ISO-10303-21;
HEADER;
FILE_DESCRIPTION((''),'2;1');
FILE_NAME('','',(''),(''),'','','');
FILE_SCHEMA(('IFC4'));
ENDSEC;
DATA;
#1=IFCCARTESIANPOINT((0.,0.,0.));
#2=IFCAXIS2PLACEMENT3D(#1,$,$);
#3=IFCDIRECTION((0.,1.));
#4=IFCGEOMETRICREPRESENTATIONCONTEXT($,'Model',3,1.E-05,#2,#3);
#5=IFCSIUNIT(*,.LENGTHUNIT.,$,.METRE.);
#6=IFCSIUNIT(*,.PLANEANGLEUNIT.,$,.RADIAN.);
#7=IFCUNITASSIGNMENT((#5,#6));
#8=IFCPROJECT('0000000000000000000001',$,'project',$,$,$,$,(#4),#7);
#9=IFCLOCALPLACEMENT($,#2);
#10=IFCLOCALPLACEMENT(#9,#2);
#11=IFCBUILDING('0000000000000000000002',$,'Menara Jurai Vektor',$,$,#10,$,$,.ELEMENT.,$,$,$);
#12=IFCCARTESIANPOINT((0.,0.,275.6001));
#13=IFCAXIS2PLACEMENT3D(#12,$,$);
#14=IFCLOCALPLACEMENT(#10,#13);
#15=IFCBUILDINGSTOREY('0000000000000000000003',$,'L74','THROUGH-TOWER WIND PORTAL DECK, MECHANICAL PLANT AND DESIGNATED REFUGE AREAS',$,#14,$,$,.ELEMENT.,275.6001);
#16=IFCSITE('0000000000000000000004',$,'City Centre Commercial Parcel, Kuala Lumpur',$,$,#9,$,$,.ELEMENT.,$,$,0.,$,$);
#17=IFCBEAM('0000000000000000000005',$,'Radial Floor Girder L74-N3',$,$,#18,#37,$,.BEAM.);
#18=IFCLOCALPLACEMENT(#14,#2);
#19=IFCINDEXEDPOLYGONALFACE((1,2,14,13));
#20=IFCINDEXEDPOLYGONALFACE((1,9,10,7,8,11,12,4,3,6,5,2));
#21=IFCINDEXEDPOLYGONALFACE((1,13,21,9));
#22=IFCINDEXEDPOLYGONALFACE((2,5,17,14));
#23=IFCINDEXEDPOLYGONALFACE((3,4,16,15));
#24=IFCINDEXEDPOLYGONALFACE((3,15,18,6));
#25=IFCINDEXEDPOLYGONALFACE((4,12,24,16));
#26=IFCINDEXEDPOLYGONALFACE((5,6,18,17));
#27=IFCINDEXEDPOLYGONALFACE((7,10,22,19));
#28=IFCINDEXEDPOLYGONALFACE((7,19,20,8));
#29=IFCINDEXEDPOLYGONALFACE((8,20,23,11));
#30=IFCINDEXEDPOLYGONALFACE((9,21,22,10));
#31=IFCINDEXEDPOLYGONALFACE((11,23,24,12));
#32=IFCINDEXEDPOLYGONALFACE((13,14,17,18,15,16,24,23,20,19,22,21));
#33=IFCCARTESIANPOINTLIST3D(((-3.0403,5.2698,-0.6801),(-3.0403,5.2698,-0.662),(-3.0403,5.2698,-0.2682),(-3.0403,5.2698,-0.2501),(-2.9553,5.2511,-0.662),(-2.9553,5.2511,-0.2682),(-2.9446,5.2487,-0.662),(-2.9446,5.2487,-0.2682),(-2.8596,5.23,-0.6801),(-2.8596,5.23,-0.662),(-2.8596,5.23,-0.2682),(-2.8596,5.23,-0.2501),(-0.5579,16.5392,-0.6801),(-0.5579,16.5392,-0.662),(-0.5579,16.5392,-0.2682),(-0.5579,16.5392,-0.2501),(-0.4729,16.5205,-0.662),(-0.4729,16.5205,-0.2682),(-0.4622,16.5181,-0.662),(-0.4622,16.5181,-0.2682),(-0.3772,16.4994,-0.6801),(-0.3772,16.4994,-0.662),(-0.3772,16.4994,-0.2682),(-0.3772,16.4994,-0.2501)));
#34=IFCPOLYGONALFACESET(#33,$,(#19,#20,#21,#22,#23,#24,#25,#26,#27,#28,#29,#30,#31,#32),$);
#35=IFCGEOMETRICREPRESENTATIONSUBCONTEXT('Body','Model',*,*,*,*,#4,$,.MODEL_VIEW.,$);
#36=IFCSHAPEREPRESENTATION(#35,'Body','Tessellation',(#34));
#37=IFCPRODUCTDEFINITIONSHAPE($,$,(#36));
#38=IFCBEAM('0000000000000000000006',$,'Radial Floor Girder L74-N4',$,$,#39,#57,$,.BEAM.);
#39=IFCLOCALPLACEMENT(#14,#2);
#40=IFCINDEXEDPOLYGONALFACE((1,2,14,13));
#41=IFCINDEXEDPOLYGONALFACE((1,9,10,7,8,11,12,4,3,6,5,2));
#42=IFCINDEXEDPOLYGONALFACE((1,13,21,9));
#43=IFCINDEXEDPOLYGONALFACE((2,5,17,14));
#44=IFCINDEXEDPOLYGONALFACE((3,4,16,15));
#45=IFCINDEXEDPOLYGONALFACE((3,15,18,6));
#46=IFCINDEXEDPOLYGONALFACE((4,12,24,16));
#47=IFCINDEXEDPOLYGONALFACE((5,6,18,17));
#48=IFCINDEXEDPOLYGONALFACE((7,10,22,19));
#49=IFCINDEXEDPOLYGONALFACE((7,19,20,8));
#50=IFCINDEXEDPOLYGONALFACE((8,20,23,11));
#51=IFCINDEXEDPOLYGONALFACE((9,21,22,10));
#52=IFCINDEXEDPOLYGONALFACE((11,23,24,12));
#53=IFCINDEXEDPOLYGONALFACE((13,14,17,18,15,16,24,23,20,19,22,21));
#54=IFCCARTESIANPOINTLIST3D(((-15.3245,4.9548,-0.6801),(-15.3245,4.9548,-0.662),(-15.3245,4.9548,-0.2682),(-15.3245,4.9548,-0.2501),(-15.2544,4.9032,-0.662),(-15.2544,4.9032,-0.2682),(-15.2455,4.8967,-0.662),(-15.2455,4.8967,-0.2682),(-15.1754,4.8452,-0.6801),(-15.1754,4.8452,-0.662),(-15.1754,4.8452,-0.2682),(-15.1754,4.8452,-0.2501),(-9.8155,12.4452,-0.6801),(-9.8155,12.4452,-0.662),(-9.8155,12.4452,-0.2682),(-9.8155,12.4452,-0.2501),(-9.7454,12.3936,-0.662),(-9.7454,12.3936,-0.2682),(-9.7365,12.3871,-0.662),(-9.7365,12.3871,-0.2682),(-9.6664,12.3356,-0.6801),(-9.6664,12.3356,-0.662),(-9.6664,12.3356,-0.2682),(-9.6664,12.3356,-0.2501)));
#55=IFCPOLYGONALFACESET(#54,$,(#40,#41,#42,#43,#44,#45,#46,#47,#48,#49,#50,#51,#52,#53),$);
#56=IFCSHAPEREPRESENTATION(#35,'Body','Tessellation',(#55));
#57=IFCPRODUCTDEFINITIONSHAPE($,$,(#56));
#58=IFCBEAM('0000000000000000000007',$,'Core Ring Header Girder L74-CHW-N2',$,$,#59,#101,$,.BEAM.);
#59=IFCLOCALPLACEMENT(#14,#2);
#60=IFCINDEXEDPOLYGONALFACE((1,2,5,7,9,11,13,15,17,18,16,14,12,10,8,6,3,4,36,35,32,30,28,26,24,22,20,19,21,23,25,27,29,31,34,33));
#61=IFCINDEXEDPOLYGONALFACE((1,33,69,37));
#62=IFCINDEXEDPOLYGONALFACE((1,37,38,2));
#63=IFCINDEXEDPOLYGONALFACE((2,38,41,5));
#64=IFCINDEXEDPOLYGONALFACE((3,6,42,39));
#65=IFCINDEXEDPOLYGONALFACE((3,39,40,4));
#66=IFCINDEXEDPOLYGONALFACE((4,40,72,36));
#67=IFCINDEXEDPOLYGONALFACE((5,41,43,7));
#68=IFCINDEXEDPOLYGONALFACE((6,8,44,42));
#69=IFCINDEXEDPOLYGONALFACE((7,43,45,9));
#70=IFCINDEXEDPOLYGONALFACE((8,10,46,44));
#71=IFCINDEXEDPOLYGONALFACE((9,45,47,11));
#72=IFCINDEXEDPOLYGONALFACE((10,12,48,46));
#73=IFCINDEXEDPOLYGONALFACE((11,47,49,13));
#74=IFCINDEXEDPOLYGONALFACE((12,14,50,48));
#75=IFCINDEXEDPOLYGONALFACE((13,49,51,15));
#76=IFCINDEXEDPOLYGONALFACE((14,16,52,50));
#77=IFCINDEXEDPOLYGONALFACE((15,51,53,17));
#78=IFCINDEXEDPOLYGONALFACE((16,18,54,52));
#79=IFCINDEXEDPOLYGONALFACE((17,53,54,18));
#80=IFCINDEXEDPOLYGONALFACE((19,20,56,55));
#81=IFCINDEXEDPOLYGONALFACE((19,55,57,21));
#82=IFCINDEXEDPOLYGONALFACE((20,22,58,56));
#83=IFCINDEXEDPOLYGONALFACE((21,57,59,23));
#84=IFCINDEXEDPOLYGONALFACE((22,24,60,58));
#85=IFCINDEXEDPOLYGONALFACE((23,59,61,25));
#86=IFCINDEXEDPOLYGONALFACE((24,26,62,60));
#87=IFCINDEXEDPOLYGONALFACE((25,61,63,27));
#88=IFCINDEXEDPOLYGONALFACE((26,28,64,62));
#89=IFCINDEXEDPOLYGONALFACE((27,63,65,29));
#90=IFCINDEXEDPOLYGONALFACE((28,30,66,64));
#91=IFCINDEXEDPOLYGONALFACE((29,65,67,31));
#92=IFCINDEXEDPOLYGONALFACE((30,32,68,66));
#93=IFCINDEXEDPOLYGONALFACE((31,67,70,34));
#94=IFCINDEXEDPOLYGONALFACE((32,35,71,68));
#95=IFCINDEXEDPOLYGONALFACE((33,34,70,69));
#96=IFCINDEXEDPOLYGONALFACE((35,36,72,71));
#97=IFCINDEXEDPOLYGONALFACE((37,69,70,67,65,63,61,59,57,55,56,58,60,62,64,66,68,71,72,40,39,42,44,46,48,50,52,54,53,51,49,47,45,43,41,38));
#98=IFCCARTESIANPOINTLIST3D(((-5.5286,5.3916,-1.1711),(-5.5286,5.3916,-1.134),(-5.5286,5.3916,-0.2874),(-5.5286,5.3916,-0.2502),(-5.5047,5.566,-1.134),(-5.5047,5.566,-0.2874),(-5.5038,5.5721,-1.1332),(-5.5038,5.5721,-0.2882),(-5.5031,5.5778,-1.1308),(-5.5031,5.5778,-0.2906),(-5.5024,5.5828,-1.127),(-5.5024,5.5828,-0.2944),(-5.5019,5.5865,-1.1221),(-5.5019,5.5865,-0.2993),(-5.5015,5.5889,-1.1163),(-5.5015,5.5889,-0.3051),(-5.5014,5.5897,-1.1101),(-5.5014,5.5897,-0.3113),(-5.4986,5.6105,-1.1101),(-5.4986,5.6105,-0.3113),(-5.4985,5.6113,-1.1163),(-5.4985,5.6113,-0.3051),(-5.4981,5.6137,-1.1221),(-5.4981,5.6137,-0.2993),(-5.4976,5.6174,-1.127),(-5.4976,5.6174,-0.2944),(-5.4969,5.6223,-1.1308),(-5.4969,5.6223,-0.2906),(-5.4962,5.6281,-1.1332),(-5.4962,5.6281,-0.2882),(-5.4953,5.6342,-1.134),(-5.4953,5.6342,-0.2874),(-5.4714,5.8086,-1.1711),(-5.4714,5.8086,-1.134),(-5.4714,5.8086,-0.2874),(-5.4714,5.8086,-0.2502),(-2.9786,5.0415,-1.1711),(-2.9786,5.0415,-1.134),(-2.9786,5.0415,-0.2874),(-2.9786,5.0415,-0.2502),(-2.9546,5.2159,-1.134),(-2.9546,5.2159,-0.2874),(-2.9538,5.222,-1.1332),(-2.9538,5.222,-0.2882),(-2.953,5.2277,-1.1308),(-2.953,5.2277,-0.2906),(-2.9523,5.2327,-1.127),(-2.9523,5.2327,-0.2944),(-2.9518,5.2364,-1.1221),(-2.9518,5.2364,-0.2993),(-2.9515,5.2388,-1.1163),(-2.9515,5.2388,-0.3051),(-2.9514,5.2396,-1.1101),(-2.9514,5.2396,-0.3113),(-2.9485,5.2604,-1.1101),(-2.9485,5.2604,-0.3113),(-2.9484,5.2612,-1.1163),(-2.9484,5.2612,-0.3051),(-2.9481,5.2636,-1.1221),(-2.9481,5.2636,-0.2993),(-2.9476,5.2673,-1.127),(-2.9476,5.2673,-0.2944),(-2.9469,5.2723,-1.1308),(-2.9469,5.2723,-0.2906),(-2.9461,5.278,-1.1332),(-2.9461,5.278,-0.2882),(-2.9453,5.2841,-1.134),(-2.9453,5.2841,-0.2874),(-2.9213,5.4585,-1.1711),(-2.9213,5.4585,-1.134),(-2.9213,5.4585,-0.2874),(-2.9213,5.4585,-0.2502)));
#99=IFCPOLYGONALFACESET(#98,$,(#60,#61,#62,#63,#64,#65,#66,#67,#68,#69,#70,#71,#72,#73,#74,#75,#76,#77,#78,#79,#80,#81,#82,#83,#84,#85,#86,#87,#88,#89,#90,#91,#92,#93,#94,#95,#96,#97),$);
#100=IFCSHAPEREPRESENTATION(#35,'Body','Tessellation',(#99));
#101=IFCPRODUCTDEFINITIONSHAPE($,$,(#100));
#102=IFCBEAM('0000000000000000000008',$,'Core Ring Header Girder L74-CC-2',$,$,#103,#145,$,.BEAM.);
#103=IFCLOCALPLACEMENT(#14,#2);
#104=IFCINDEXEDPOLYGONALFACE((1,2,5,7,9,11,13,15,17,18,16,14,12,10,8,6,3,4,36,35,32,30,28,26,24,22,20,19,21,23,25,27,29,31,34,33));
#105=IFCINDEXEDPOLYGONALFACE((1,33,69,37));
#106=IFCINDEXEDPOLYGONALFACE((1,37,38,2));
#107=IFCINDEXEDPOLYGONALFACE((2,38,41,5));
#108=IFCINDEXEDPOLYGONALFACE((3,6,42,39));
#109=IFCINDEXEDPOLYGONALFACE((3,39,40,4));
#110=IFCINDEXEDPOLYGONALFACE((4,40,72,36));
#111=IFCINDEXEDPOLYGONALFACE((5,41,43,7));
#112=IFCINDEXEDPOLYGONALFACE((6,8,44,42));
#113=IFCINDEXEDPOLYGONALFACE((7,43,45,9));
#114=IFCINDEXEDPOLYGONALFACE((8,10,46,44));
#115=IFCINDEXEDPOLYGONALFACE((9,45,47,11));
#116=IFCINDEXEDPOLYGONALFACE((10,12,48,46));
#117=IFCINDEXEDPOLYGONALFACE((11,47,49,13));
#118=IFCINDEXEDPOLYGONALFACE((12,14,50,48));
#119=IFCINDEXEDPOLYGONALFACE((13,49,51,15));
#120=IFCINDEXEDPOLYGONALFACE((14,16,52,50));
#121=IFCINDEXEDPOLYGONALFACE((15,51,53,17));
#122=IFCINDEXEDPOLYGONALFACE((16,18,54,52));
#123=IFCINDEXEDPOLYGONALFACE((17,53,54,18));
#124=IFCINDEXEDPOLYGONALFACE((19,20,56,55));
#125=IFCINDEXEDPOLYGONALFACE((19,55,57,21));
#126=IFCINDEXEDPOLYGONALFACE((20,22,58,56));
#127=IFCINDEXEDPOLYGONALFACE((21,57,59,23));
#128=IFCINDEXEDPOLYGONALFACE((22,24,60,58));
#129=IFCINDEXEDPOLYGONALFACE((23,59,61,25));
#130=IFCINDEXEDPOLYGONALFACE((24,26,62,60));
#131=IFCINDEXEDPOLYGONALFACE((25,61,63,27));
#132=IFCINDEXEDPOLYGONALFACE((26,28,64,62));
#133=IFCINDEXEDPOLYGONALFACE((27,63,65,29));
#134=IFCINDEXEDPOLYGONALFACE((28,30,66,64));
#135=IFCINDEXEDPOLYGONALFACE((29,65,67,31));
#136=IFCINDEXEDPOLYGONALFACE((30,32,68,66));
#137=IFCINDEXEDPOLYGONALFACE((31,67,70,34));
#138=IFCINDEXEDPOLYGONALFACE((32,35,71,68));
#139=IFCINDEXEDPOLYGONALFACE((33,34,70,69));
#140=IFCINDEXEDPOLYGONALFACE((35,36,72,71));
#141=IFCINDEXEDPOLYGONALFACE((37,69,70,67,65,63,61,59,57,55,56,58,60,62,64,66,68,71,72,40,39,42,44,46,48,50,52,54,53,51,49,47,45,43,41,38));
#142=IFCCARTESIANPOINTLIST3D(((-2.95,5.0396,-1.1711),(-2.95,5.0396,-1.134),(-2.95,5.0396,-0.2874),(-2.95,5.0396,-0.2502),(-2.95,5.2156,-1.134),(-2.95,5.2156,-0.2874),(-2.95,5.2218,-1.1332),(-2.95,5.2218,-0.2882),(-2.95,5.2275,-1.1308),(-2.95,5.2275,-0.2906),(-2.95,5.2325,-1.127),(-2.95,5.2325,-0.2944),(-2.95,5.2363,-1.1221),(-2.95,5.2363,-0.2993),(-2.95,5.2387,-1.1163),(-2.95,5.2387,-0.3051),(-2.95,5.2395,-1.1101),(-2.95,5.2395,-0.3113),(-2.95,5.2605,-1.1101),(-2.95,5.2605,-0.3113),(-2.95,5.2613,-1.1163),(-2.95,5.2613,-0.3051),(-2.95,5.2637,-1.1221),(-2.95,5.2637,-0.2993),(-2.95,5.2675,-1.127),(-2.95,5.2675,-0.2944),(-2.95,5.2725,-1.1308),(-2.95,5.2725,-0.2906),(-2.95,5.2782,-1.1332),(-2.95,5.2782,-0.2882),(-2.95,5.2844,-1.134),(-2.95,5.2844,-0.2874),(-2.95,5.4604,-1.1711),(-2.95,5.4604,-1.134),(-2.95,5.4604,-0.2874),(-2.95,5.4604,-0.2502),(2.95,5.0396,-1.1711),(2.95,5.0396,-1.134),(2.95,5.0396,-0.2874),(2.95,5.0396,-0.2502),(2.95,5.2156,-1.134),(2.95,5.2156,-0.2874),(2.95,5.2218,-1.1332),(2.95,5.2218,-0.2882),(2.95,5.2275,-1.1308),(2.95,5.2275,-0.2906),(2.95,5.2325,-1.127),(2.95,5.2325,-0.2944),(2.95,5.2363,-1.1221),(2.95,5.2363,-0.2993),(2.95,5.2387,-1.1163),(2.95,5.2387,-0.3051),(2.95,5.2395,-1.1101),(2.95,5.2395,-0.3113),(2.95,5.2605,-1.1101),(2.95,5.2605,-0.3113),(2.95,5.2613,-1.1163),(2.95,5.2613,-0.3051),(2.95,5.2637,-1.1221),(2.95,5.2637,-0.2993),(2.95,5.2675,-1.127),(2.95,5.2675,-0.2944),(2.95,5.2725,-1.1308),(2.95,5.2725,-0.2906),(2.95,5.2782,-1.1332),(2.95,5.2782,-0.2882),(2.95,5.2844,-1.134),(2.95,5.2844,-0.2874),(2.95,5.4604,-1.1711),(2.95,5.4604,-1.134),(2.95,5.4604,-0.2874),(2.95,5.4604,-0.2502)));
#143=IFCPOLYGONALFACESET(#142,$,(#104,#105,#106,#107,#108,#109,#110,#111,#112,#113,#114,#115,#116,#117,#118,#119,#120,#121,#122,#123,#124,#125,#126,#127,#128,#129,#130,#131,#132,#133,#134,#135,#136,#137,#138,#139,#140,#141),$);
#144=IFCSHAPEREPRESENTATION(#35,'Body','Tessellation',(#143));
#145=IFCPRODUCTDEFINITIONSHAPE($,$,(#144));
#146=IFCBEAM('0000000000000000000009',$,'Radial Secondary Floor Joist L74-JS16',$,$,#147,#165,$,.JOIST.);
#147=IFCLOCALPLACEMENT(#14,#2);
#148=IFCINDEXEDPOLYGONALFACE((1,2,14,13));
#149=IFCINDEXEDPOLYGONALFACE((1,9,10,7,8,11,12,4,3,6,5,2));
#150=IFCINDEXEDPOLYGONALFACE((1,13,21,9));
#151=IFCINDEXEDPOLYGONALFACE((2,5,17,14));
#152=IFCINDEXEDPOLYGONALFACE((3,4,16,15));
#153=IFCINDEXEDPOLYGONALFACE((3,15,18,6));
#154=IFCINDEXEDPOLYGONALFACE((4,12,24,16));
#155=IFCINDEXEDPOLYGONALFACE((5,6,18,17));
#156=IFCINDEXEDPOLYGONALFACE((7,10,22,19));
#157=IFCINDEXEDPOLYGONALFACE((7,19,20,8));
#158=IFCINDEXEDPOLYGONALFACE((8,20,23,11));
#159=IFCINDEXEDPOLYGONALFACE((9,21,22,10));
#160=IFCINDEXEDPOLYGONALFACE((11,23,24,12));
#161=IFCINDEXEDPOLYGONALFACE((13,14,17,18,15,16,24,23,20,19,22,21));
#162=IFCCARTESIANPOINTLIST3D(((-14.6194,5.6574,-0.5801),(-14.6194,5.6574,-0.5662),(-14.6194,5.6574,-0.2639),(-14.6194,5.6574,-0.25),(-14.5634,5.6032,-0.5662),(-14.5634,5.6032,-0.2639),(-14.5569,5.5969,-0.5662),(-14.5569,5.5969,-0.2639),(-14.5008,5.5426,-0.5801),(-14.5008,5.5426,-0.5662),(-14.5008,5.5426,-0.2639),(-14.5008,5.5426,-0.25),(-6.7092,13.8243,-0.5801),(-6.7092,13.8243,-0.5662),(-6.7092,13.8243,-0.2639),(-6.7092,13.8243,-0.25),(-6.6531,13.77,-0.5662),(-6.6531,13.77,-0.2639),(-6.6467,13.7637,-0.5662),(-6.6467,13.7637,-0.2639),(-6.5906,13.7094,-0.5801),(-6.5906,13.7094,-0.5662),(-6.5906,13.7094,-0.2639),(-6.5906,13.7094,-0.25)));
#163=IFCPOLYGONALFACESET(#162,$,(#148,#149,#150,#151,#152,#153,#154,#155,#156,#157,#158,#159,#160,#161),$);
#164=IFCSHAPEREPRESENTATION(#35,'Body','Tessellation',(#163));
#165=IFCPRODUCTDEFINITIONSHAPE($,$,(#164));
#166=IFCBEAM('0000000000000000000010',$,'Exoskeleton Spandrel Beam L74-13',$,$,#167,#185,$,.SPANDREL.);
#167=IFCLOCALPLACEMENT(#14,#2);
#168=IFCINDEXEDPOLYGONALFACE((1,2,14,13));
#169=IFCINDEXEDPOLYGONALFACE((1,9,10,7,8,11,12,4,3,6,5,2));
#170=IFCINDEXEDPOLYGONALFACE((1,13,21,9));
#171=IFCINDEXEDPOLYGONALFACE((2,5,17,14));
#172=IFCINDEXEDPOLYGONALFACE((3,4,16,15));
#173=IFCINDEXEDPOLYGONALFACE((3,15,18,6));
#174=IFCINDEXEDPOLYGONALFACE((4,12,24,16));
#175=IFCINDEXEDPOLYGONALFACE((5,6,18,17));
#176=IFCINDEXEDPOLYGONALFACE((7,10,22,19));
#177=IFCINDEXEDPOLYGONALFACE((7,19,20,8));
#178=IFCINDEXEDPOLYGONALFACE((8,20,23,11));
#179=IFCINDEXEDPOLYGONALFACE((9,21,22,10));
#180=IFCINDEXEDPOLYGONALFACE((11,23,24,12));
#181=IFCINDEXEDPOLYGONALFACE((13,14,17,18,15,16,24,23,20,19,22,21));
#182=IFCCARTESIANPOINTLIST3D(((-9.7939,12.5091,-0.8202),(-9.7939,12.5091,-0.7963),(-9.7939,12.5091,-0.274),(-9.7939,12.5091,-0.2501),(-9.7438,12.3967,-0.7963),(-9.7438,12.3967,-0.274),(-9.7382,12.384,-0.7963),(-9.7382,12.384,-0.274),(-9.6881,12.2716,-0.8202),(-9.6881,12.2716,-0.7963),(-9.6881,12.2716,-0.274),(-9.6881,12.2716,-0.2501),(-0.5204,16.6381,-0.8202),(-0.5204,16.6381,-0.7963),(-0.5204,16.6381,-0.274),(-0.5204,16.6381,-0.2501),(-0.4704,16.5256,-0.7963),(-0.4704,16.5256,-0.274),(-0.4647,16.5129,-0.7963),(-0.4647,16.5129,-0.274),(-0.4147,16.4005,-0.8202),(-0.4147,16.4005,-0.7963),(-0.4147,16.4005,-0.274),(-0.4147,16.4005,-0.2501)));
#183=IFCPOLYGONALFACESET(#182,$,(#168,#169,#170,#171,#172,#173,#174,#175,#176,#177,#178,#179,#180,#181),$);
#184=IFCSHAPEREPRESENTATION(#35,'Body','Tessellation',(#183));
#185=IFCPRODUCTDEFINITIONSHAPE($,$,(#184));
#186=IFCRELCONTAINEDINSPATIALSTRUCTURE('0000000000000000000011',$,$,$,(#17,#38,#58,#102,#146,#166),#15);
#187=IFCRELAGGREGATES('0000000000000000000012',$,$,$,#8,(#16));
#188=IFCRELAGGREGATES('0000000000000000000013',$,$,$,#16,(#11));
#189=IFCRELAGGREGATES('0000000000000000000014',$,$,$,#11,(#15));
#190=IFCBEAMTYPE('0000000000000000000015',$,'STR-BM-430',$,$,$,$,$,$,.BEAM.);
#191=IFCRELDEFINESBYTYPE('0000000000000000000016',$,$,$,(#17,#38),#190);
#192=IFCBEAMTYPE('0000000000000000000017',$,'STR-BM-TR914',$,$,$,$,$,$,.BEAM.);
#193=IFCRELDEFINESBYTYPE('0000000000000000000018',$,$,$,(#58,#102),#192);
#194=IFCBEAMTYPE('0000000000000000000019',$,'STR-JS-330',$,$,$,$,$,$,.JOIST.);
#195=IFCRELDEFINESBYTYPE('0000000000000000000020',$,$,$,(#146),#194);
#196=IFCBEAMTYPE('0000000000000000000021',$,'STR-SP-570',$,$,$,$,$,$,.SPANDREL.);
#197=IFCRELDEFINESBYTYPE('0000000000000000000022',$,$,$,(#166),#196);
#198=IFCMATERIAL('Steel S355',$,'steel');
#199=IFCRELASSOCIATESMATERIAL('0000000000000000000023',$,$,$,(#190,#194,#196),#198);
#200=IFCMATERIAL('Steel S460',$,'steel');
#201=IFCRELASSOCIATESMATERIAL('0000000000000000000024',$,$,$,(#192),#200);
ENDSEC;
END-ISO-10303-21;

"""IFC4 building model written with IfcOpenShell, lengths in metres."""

from ifc_helpers import new_model, si_unit, direction, frame, origin, origin_2d, place, context, subcontext, project, spatial, i_section, extrude, material, material_profile, profile_set, type_object, element, save


model = new_model("IFC4")

# Units and contexts
model_context = context("Model", 3, precision=1e-05, world=origin(), true_north=direction((0.0, 1.0)))
body_context = subcontext(model_context, "Body", "Model", "MODEL_VIEW")
ifc_project = project(units=[si_unit("LENGTHUNIT", "METRE"), si_unit("PLANEANGLEUNIT", "RADIAN")], contexts=[model_context])

# Site, building, storey
site_placement = place(None, origin())
site = spatial("IfcSite", under=ifc_project, at=site_placement, Name="City Centre Commercial Parcel, Kuala Lumpur", CompositionType="ELEMENT", RefElevation=0.0)
building_placement = place(site_placement, origin())
building = spatial("IfcBuilding", under=site, at=building_placement, Name="Menara Jurai Vektor", CompositionType="ELEMENT")
storey_placement = place(building_placement, frame((0.0, 0.0, 275.6001)))
storey = spatial("IfcBuildingStorey", under=building, at=storey_placement, Name="L74", Description="THROUGH-TOWER WIND PORTAL DECK, MECHANICAL PLANT AND DESIGNATED REFUGE AREAS", CompositionType="ELEMENT", Elevation=275.6001)

# Shared definitions
ifc_material_1 = material(Name="Steel S460", Category="steel")
ifc_material_2 = material(Name="Steel S355", Category="steel")

# Beams
ifc_material_profile_1 = material_profile(ifc_material_2, i_section(OverallWidth=0.1851, OverallDepth=0.4299, WebThickness=0.011, FlangeThickness=0.0181, at=origin_2d()), Name="PG 430x185x76")
ifc_profile_set_1 = profile_set([ifc_material_profile_1], Name="Steel S355")
beam_type_1 = type_object("IfcBeamType", Name="STR-BM-430", PredefinedType="BEAM", material=ifc_profile_set_1)
beam_1_placement = place(storey_placement, frame((-0.4675, 16.5193, -0.4651), z_axis=(-0.215125, -0.976587, 0.0), x_axis=(0.976587, -0.215125, 0.0)))
element("IfcBeam", 1, at=beam_1_placement, inside=storey, type_object=beam_type_1, Name="Radial Floor Girder L74-N3", PredefinedType="BEAM", context=body_context, shape_type="SweptSolid", body=[
    extrude(i_section(OverallWidth=0.1851, OverallDepth=0.4299, WebThickness=0.011, FlangeThickness=0.0181, at=origin_2d()), origin(), (0.0, 0.0, 1.0), 11.5396),
])
beam_2_placement = place(storey_placement, frame((-9.741, 12.3904, -0.4651), z_axis=(-0.592483, -0.805583, 0.0), x_axis=(0.805583, -0.592483, 0.0)))
element("IfcBeam", 2, at=beam_2_placement, inside=storey, type_object=beam_type_1, Name="Radial Floor Girder L74-N4", PredefinedType="BEAM", context=body_context, shape_type="SweptSolid", body=[
    extrude(i_section(OverallWidth=0.1851, OverallDepth=0.4299, WebThickness=0.011, FlangeThickness=0.0181, at=origin_2d()), origin(), (0.0, 0.0, 1.0), 9.2981),
])
ifc_material_profile_2 = material_profile(ifc_material_1, i_section(OverallWidth=0.4209, OverallDepth=0.9209, WebThickness=0.021, FlangeThickness=0.0371, FilletRadius=0.0239, at=origin_2d()), Name="UKB 914x419x388")
ifc_profile_set_2 = profile_set([ifc_material_profile_2], Name="Steel S460")
beam_type_2 = type_object("IfcBeamType", Name="STR-BM-TR914", PredefinedType="BEAM", material=ifc_profile_set_2)
beam_3_placement = place(storey_placement, frame((-5.5, 5.6001, -0.7107), z_axis=(0.990707, -0.136015, 0.0), x_axis=(0.136015, 0.990707, 0.0)))
element("IfcBeam", 3, at=beam_3_placement, inside=storey, type_object=beam_type_2, Name="Core Ring Header Girder L74-CHW-N2", PredefinedType="BEAM", context=body_context, shape_type="SweptSolid", body=[
    extrude(i_section(OverallWidth=0.4209, OverallDepth=0.9209, WebThickness=0.021, FlangeThickness=0.0371, FilletRadius=0.0239, at=origin_2d()), origin(), (0.0, 0.0, 1.0), 2.574),
])
beam_4_placement = place(storey_placement, frame((-2.95, 5.25, -0.7107), z_axis=(1.0, 0.0, 0.0), x_axis=(0.0, 1.0, 0.0)))
element("IfcBeam", 4, at=beam_4_placement, inside=storey, type_object=beam_type_2, Name="Core Ring Header Girder L74-CC-2", PredefinedType="BEAM", context=body_context, shape_type="SweptSolid", body=[
    extrude(i_section(OverallWidth=0.4209, OverallDepth=0.9209, WebThickness=0.021, FlangeThickness=0.0371, FilletRadius=0.0239, at=origin_2d()), origin(), (0.0, 0.0, 1.0), 5.8999),
])
ifc_material_profile_3 = material_profile(ifc_material_2, i_section(OverallWidth=0.165, OverallDepth=0.3301, WebThickness=0.009, FlangeThickness=0.0139, at=origin_2d()), Name="PG 330x165x46")
ifc_profile_set_3 = profile_set([ifc_material_profile_3], Name="Steel S355")
beam_type_3 = type_object("IfcBeamType", Name="STR-JS-330", PredefinedType="JOIST", material=ifc_profile_set_3)
beam_5_placement = place(storey_placement, frame((-6.6499, 13.7668, -0.415), z_axis=(-0.695733, -0.718301, 0.0), x_axis=(0.718301, -0.695733, 0.0)))
element("IfcBeam", 5, at=beam_5_placement, inside=storey, type_object=beam_type_3, Name="Radial Secondary Floor Joist L74-JS16", PredefinedType="JOIST", context=body_context, shape_type="SweptSolid", body=[
    extrude(i_section(OverallWidth=0.165, OverallDepth=0.3301, WebThickness=0.009, FlangeThickness=0.0139, at=origin_2d()), origin(), (0.0, 0.0, 1.0), 11.3696),
])
ifc_material_profile_4 = material_profile(ifc_material_2, i_section(OverallWidth=0.26, OverallDepth=0.5701, WebThickness=0.0139, FlangeThickness=0.0239, at=origin_2d()), Name="PG 570x260x145")
ifc_profile_set_4 = profile_set([ifc_material_profile_4], Name="Steel S355")
beam_type_4 = type_object("IfcBeamType", Name="STR-SP-570", PredefinedType="SPANDREL", material=ifc_profile_set_4)
for number, where, z_axis, x_axis, name in (
    (6, (-0.4675, 16.5193, -0.5352), (-0.913542, -0.406745, 0.0), (0.406745, -0.913542, 0.0), "Exoskeleton Spandrel Beam L74-13"),
):
    element("IfcBeam", number, at=place(storey_placement, frame(where, z_axis=z_axis, x_axis=x_axis)), inside=storey, type_object=beam_type_4, Name=name, PredefinedType="SPANDREL", context=body_context, shape_type="SweptSolid", body=[
        extrude(i_section(OverallWidth=0.26, OverallDepth=0.5701, WebThickness=0.0139, FlangeThickness=0.0239, at=origin_2d()), origin(), (0.0, 0.0, 1.0), 10.1511),
    ])

save(model, "model.ifc")
